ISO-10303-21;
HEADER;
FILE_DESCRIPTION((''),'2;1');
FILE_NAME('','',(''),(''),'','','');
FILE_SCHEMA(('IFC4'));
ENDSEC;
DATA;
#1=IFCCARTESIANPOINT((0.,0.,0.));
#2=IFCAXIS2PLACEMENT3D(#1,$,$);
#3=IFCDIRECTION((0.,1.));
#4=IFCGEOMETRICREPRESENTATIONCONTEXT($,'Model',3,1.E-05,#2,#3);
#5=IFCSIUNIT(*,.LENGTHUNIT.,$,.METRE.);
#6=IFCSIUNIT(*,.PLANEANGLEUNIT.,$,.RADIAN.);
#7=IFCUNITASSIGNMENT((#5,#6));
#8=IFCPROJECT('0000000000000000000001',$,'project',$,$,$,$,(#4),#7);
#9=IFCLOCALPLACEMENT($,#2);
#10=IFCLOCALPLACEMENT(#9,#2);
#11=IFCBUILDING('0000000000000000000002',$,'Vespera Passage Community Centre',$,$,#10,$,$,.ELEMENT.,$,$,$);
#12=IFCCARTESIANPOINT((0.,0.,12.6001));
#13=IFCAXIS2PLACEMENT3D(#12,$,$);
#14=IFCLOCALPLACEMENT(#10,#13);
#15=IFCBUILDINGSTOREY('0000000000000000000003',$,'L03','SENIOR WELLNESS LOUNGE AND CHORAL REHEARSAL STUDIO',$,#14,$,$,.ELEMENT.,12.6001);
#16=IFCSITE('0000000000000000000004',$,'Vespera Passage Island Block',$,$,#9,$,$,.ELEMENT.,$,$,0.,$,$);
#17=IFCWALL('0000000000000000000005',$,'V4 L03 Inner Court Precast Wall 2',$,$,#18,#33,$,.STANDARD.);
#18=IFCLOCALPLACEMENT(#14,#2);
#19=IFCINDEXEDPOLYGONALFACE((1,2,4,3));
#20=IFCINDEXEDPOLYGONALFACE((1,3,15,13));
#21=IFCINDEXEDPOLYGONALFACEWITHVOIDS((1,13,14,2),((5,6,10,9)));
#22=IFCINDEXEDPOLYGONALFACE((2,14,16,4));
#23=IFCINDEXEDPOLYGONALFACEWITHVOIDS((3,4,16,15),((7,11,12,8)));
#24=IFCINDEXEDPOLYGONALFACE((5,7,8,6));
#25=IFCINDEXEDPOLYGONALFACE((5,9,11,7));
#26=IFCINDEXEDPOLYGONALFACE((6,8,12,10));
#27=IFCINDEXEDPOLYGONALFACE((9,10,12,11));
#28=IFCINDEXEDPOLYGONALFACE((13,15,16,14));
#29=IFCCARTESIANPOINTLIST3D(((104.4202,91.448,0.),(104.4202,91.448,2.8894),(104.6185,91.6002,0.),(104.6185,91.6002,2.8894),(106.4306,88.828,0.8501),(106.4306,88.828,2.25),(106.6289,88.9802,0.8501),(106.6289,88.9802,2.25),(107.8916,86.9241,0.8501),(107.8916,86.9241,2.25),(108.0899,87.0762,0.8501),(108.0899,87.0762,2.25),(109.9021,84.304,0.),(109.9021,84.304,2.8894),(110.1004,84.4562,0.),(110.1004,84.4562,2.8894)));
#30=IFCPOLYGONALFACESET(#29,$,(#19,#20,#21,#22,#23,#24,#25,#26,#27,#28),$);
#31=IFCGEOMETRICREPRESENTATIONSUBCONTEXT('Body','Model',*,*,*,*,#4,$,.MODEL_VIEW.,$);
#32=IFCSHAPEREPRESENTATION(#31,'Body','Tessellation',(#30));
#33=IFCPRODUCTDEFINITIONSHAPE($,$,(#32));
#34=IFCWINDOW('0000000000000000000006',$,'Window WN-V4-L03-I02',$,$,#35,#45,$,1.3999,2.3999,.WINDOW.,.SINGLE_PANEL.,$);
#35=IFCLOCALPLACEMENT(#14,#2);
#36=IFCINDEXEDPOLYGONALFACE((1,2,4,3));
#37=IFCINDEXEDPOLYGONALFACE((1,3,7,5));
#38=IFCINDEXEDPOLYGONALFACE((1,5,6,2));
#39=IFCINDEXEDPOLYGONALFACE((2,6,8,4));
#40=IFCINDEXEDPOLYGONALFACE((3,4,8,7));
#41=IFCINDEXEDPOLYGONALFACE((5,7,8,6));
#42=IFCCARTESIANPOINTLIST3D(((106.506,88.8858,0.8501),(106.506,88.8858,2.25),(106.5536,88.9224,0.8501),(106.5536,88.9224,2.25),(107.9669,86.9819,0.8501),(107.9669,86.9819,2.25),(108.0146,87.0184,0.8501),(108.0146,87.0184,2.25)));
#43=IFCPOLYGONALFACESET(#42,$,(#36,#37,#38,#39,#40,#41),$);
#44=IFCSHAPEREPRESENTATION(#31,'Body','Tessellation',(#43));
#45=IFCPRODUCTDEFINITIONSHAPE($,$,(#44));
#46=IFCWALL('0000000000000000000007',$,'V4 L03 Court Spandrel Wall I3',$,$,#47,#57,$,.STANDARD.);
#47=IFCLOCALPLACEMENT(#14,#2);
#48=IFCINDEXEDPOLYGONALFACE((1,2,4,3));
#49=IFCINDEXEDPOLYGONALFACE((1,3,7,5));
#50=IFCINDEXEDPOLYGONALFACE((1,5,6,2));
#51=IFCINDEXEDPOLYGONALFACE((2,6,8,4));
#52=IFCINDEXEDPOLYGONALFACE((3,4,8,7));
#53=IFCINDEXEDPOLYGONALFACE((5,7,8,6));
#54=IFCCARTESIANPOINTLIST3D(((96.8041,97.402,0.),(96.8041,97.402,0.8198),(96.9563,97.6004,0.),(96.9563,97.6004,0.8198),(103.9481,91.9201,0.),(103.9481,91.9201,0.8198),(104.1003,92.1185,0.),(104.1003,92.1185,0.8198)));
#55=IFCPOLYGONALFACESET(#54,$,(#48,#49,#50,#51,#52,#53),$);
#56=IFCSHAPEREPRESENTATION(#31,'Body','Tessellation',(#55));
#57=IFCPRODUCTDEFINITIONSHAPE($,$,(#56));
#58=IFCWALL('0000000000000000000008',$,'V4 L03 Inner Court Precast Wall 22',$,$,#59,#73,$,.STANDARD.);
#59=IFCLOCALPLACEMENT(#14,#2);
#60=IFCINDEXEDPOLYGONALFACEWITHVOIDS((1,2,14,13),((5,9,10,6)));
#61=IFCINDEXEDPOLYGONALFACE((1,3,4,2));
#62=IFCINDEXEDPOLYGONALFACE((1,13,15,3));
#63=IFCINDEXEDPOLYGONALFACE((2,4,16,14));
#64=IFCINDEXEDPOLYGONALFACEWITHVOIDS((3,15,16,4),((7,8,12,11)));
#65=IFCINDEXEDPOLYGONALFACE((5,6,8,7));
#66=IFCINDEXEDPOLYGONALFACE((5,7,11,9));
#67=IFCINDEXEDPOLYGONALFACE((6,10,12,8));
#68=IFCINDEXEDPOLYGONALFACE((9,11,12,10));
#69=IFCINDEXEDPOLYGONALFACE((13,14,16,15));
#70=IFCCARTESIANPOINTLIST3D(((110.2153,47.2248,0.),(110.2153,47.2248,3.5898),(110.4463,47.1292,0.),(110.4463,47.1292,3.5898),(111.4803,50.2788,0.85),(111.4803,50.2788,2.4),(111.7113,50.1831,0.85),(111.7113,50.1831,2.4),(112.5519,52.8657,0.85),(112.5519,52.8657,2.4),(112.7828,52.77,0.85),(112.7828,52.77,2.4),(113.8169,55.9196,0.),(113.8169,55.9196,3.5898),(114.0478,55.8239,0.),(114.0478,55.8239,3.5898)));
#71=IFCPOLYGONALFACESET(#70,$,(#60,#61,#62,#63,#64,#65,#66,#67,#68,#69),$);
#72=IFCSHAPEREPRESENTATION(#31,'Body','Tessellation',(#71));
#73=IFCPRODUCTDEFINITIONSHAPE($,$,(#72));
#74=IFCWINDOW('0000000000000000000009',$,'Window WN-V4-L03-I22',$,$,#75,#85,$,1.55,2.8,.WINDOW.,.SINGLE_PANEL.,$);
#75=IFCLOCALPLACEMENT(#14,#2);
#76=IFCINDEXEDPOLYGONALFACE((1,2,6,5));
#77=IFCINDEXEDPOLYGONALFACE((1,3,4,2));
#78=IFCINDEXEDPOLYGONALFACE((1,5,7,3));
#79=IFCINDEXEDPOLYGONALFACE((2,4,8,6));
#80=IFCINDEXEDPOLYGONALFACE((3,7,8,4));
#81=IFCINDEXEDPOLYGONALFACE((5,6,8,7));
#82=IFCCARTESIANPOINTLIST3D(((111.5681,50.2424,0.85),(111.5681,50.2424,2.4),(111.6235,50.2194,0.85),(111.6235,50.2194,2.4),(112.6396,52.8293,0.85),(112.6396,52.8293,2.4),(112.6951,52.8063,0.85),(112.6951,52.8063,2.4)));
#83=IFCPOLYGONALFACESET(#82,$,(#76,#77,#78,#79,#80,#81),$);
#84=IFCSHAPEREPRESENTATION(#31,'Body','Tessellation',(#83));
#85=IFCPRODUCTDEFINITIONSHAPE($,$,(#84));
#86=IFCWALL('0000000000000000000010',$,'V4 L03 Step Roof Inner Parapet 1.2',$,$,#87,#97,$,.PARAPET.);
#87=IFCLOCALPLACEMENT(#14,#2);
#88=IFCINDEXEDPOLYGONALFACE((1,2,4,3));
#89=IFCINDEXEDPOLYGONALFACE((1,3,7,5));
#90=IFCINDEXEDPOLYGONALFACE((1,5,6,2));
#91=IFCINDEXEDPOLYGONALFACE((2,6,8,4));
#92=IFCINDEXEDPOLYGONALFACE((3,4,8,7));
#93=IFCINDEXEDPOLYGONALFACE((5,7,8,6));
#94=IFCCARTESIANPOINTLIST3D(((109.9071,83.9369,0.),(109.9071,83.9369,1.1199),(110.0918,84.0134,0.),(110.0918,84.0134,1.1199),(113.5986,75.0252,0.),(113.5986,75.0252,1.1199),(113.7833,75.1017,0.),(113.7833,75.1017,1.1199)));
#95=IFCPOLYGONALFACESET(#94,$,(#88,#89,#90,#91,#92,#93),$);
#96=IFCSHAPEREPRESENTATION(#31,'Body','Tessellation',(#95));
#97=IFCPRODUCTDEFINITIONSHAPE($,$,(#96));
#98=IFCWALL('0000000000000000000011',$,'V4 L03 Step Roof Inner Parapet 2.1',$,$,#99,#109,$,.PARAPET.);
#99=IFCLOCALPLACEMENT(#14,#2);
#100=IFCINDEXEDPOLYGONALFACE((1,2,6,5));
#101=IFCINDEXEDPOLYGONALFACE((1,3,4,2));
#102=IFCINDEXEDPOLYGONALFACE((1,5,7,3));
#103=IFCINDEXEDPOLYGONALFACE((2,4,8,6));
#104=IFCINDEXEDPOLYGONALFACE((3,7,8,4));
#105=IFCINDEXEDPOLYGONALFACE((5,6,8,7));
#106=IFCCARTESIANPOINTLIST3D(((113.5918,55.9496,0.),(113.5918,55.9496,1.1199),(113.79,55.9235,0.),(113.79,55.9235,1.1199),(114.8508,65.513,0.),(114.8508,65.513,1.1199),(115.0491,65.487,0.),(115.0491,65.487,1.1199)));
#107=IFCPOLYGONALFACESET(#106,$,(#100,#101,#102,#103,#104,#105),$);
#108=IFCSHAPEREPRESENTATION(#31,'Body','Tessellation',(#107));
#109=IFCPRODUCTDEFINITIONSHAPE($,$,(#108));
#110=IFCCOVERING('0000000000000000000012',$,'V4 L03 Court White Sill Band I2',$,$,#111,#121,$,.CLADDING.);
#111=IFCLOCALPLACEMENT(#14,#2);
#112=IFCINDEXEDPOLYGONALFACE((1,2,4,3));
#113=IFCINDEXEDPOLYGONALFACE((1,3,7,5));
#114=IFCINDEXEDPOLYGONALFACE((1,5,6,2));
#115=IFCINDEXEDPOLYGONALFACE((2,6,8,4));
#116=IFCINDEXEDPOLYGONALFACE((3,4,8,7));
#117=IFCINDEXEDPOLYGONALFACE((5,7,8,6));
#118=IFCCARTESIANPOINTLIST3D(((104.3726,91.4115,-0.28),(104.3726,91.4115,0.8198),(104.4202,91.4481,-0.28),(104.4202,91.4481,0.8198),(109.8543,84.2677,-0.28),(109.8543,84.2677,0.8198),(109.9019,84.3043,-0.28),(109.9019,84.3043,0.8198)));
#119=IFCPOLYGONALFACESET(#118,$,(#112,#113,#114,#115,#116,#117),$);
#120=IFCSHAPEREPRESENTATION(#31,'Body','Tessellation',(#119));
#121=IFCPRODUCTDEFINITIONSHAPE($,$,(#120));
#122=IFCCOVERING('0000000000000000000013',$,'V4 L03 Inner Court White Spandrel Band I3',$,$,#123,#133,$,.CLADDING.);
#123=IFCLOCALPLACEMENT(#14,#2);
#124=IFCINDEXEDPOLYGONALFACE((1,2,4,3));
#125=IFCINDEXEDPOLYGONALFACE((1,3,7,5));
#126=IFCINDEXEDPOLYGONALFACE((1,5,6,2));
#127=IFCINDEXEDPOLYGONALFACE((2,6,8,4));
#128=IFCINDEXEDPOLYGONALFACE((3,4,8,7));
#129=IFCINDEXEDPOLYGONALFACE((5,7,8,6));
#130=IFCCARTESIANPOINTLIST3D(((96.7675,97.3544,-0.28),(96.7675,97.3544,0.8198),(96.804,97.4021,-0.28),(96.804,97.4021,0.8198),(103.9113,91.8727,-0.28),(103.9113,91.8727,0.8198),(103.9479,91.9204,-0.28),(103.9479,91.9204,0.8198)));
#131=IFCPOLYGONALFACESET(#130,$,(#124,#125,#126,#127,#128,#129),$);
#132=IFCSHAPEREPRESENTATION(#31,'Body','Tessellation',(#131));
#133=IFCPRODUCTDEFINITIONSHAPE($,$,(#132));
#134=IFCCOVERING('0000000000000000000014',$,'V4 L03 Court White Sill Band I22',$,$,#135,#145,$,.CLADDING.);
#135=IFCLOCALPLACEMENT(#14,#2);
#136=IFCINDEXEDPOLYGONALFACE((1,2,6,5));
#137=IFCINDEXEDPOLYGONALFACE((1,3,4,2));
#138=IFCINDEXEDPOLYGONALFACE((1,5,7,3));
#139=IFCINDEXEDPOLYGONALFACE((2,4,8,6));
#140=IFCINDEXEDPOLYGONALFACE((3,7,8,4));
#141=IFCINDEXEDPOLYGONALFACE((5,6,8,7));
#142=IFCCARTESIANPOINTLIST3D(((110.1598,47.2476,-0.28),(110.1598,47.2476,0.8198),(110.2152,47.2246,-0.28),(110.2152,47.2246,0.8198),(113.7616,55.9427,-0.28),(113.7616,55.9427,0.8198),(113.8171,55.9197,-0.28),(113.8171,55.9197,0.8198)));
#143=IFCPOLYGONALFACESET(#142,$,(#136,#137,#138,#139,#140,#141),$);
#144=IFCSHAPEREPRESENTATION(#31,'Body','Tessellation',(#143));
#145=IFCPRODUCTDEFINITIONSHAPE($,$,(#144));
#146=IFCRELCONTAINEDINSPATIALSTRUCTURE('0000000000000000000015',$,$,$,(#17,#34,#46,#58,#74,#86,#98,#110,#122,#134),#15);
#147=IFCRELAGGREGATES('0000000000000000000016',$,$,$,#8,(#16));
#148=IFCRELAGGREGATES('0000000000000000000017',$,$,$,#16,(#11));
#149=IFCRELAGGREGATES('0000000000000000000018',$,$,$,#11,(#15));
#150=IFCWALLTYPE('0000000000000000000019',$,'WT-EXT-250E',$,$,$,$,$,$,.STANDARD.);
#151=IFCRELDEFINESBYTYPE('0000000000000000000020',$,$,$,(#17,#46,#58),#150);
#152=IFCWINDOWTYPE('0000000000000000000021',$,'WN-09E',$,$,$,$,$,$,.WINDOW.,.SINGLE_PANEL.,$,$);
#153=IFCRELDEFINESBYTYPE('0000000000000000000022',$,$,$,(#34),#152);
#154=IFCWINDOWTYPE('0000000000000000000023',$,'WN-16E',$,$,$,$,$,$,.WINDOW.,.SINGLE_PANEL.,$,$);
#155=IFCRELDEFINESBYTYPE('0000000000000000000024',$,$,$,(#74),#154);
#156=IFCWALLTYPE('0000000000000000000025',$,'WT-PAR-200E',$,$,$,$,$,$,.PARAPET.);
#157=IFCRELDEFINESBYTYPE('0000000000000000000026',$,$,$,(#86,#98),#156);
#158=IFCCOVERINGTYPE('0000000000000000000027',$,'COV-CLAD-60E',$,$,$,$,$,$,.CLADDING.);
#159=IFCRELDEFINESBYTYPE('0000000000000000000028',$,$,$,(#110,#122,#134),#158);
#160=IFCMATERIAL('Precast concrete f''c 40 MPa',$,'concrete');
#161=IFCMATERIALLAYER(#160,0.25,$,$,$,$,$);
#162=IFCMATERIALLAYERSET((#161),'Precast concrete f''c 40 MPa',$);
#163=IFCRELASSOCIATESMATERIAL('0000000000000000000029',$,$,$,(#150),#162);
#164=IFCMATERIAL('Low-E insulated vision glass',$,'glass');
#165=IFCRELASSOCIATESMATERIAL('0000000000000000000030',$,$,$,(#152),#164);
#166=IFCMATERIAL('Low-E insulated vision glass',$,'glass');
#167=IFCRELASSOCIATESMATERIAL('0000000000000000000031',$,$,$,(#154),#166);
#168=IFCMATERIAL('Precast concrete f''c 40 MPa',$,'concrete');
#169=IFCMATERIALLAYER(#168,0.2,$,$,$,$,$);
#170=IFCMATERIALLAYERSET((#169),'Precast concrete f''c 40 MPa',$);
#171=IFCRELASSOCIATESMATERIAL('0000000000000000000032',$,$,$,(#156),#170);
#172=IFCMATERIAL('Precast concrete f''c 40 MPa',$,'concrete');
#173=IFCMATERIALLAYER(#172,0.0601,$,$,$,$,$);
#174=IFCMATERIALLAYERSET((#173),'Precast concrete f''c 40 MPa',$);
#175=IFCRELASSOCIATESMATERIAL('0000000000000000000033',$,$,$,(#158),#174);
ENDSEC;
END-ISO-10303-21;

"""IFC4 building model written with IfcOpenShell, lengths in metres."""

from ifc_helpers import new_model, si_unit, direction, frame, frame_2d, origin, place, context, subcontext, project, spatial, rectangle, extrude, material, layer, layer_set, type_object, element, fill, save


model = new_model("IFC4")

# Units and contexts
model_context = context("Model", 3, precision=1e-05, world=origin(), true_north=direction((0.0, 1.0)))
body_context = subcontext(model_context, "Body", "Model", "MODEL_VIEW")
ifc_project = project(units=[si_unit("LENGTHUNIT", "METRE"), si_unit("PLANEANGLEUNIT", "RADIAN")], contexts=[model_context])

# Site, building, storey
site_placement = place(None, origin())
site = spatial("IfcSite", under=ifc_project, at=site_placement, Name="Vespera Passage Island Block", CompositionType="ELEMENT", RefElevation=0.0)
building_placement = place(site_placement, origin())
building = spatial("IfcBuilding", under=site, at=building_placement, Name="Vespera Passage Community Centre", CompositionType="ELEMENT")
storey_placement = place(building_placement, frame((0.0, 0.0, 12.6001)))
storey = spatial("IfcBuildingStorey", under=building, at=storey_placement, Name="L03", Description="SENIOR WELLNESS LOUNGE AND CHORAL REHEARSAL STUDIO", CompositionType="ELEMENT", Elevation=12.6001)

# Wall, opening, window
ifc_material_1 = material(Name="Precast concrete f'c 40 MPa", Category="concrete")
ifc_layer_1 = layer(ifc_material_1, 0.25)
ifc_layer_set_1 = layer_set([ifc_layer_1], Name="Precast concrete f'c 40 MPa")
wall_type_1 = type_object("IfcWallType", Name="WT-EXT-250E", PredefinedType="STANDARD", material=ifc_layer_set_1)
wall_1_placement = place(storey_placement, frame((110.0012, 84.3801, 0.0), z_axis=(0.0, 0.0, 1.0), x_axis=(-0.60877, 0.793347, 0.0)))
wall_1 = element("IfcWall", 1, at=wall_1_placement, inside=storey, type_object=wall_type_1, Name="V4 L03 Inner Court Precast Wall 2", PredefinedType="STANDARD", context=body_context, shape_type="SweptSolid", body=[
    extrude(rectangle(XDim=9.0049, YDim=0.25, at=frame_2d((4.5024, 0.0))), origin(), (0.0, 0.0, 1.0), 2.8894),
])
opening_1_placement = place(wall_1_placement, frame((3.3025, 0.0, 0.8501)))
opening_1 = element("IfcOpeningElement", 2, at=opening_1_placement, cuts=wall_1, PredefinedType="OPENING", context=body_context, shape_type="SweptSolid", body=[
    extrude(rectangle(XDim=2.3999, YDim=1.3999, at=frame_2d((1.2, 0.7))), frame((0.0, 0.135, 0.0), z_axis=(0.0, -1.0, 0.0), x_axis=(1.0, 0.0, 0.0)), (0.0, 0.0, 1.0), 0.27),
])
ifc_material_2 = material(Name="Low-E insulated vision glass", Category="glass")
window_type_1 = type_object("IfcWindowType", Name="WN-09E", PartitioningType="SINGLE_PANEL", PredefinedType="WINDOW", material=ifc_material_2)
window_1_placement = place(opening_1_placement, origin())
window_1 = element("IfcWindow", 3, at=window_1_placement, inside=storey, type_object=window_type_1, Name="Window WN-V4-L03-I02", OverallHeight=1.3999, OverallWidth=2.3999, PartitioningType="SINGLE_PANEL", PredefinedType="WINDOW", context=body_context, shape_type="SweptSolid", body=[
    extrude(rectangle(XDim=2.3999, YDim=1.3999, at=frame_2d((1.2, 0.7))), frame((0.0, 0.03, 0.0), z_axis=(0.0, -1.0, 0.0), x_axis=(1.0, 0.0, 0.0)), (0.0, 0.0, 1.0), 0.0601),
])
fill(opening_1, window_1)

# Wall
wall_2_placement = place(storey_placement, frame((104.0242, 92.0193, 0.0), z_axis=(0.0, 0.0, 1.0), x_axis=(-0.793347, 0.60877, 0.0)))
element("IfcWall", 4, at=wall_2_placement, inside=storey, type_object=wall_type_1, Name="V4 L03 Court Spandrel Wall I3", PredefinedType="STANDARD", context=body_context, shape_type="SweptSolid", body=[
    extrude(rectangle(XDim=9.0049, YDim=0.25, at=frame_2d((4.5024, 0.0))), origin(), (0.0, 0.0, 1.0), 0.8198),
])

# Wall, opening, window
wall_3_placement = place(storey_placement, frame((110.3308, 47.177, 0.0), z_axis=(0.0, 0.0, 1.0), x_axis=(0.382688, 0.923878, 0.0)))
wall_3 = element("IfcWall", 5, at=wall_3_placement, inside=storey, type_object=wall_type_1, Name="V4 L03 Inner Court Precast Wall 22", PredefinedType="STANDARD", context=body_context, shape_type="SweptSolid", body=[
    extrude(rectangle(XDim=9.4111, YDim=0.25, at=frame_2d((4.7056, 0.0))), origin(), (0.0, 0.0, 1.0), 3.5898),
])
opening_2_placement = place(wall_3_placement, frame((3.3057, 0.0, 0.8501)))
opening_2 = element("IfcOpeningElement", 6, at=opening_2_placement, cuts=wall_3, PredefinedType="OPENING", context=body_context, shape_type="SweptSolid", body=[
    extrude(rectangle(XDim=2.8, YDim=1.55, at=frame_2d((1.3999, 0.7749))), frame((0.0, 0.135, 0.0), z_axis=(0.0, -1.0, 0.0), x_axis=(1.0, 0.0, 0.0)), (0.0, 0.0, 1.0), 0.27),
])
ifc_material_3 = material(Name="Low-E insulated vision glass", Category="glass")
window_type_2 = type_object("IfcWindowType", Name="WN-16E", PartitioningType="SINGLE_PANEL", PredefinedType="WINDOW", material=ifc_material_3)
window_2_placement = place(opening_2_placement, origin())
window_2 = element("IfcWindow", 7, at=window_2_placement, inside=storey, type_object=window_type_2, Name="Window WN-V4-L03-I22", OverallHeight=1.55, OverallWidth=2.8, PartitioningType="SINGLE_PANEL", PredefinedType="WINDOW", context=body_context, shape_type="SweptSolid", body=[
    extrude(rectangle(XDim=2.8, YDim=1.55, at=frame_2d((1.3999, 0.7749))), frame((0.0, 0.03, 0.0), z_axis=(0.0, -1.0, 0.0), x_axis=(1.0, 0.0, 0.0)), (0.0, 0.0, 1.0), 0.0601),
])
fill(opening_2, window_2)

# Walls
ifc_material_4 = material(Name="Precast concrete f'c 40 MPa", Category="concrete")
ifc_layer_2 = layer(ifc_material_4, 0.2)
ifc_layer_set_2 = layer_set([ifc_layer_2], Name="Precast concrete f'c 40 MPa")
wall_type_2 = type_object("IfcWallType", Name="WT-PAR-200E", PredefinedType="PARAPET", material=ifc_layer_set_2)
for number, where, z_axis, x_axis, name in (
    (8, (113.6909, 75.0635, 0.0), (0.0, 0.0, 1.0), (-0.382692, 0.923876, 0.0), "V4 L03 Step Roof Inner Parapet 1.2"),
    (9, (113.6909, 55.9365, 0.0), (0.0, 0.0, 1.0), (0.130524, 0.991445, 0.0), "V4 L03 Step Roof Inner Parapet 2.1"),
):
    element("IfcWall", number, at=place(storey_placement, frame(where, z_axis=z_axis, x_axis=x_axis)), inside=storey, type_object=wall_type_2, Name=name, PredefinedType="PARAPET", context=body_context, shape_type="SweptSolid", body=[
        extrude(rectangle(XDim=9.646, YDim=0.2, at=frame_2d((4.823, 0.0))), origin(), (0.0, 0.0, 1.0), 1.1199),
    ])

# Coverings
ifc_material_5 = material(Name="Precast concrete f'c 40 MPa", Category="concrete")
ifc_layer_3 = layer(ifc_material_5, 0.0601)
ifc_layer_set_3 = layer_set([ifc_layer_3], Name="Precast concrete f'c 40 MPa")
covering_type = type_object("IfcCoveringType", Name="COV-CLAD-60E", PredefinedType="CLADDING", material=ifc_layer_set_3)
for number, where, z_axis, x_axis, name in (
    (10, (109.8782, 84.2859, -0.28), (0.0, 0.0, 1.0), (-0.608766, 0.79335, 0.0), "V4 L03 Court White Sill Band I2"),
    (11, (103.9297, 91.8965, -0.28), (0.0, 0.0, 1.0), (-0.79335, 0.608766, 0.0), "V4 L03 Inner Court White Spandrel Band I3"),
):
    element("IfcCovering", number, at=place(storey_placement, frame(where, z_axis=z_axis, x_axis=x_axis)), inside=storey, type_object=covering_type, Name=name, PredefinedType="CLADDING", context=body_context, shape_type="SweptSolid", body=[
        extrude(rectangle(XDim=9.0046, YDim=0.0601, at=frame_2d((4.5024, 0.0))), origin(), (0.0, 0.0, 1.0), 1.0999),
    ])
covering_placement = place(storey_placement, frame((110.1875, 47.2361, -0.28), z_axis=(0.0, 0.0, 1.0), x_axis=(0.382701, 0.923872, 0.0)))
element("IfcCovering", 12, at=covering_placement, inside=storey, type_object=covering_type, Name="V4 L03 Court White Sill Band I22", PredefinedType="CLADDING", context=body_context, shape_type="SweptSolid", body=[
    extrude(rectangle(XDim=9.4116, YDim=0.0601, at=frame_2d((4.7058, 0.0))), origin(), (0.0, 0.0, 1.0), 1.0999),
])

save(model, "model.ifc")
